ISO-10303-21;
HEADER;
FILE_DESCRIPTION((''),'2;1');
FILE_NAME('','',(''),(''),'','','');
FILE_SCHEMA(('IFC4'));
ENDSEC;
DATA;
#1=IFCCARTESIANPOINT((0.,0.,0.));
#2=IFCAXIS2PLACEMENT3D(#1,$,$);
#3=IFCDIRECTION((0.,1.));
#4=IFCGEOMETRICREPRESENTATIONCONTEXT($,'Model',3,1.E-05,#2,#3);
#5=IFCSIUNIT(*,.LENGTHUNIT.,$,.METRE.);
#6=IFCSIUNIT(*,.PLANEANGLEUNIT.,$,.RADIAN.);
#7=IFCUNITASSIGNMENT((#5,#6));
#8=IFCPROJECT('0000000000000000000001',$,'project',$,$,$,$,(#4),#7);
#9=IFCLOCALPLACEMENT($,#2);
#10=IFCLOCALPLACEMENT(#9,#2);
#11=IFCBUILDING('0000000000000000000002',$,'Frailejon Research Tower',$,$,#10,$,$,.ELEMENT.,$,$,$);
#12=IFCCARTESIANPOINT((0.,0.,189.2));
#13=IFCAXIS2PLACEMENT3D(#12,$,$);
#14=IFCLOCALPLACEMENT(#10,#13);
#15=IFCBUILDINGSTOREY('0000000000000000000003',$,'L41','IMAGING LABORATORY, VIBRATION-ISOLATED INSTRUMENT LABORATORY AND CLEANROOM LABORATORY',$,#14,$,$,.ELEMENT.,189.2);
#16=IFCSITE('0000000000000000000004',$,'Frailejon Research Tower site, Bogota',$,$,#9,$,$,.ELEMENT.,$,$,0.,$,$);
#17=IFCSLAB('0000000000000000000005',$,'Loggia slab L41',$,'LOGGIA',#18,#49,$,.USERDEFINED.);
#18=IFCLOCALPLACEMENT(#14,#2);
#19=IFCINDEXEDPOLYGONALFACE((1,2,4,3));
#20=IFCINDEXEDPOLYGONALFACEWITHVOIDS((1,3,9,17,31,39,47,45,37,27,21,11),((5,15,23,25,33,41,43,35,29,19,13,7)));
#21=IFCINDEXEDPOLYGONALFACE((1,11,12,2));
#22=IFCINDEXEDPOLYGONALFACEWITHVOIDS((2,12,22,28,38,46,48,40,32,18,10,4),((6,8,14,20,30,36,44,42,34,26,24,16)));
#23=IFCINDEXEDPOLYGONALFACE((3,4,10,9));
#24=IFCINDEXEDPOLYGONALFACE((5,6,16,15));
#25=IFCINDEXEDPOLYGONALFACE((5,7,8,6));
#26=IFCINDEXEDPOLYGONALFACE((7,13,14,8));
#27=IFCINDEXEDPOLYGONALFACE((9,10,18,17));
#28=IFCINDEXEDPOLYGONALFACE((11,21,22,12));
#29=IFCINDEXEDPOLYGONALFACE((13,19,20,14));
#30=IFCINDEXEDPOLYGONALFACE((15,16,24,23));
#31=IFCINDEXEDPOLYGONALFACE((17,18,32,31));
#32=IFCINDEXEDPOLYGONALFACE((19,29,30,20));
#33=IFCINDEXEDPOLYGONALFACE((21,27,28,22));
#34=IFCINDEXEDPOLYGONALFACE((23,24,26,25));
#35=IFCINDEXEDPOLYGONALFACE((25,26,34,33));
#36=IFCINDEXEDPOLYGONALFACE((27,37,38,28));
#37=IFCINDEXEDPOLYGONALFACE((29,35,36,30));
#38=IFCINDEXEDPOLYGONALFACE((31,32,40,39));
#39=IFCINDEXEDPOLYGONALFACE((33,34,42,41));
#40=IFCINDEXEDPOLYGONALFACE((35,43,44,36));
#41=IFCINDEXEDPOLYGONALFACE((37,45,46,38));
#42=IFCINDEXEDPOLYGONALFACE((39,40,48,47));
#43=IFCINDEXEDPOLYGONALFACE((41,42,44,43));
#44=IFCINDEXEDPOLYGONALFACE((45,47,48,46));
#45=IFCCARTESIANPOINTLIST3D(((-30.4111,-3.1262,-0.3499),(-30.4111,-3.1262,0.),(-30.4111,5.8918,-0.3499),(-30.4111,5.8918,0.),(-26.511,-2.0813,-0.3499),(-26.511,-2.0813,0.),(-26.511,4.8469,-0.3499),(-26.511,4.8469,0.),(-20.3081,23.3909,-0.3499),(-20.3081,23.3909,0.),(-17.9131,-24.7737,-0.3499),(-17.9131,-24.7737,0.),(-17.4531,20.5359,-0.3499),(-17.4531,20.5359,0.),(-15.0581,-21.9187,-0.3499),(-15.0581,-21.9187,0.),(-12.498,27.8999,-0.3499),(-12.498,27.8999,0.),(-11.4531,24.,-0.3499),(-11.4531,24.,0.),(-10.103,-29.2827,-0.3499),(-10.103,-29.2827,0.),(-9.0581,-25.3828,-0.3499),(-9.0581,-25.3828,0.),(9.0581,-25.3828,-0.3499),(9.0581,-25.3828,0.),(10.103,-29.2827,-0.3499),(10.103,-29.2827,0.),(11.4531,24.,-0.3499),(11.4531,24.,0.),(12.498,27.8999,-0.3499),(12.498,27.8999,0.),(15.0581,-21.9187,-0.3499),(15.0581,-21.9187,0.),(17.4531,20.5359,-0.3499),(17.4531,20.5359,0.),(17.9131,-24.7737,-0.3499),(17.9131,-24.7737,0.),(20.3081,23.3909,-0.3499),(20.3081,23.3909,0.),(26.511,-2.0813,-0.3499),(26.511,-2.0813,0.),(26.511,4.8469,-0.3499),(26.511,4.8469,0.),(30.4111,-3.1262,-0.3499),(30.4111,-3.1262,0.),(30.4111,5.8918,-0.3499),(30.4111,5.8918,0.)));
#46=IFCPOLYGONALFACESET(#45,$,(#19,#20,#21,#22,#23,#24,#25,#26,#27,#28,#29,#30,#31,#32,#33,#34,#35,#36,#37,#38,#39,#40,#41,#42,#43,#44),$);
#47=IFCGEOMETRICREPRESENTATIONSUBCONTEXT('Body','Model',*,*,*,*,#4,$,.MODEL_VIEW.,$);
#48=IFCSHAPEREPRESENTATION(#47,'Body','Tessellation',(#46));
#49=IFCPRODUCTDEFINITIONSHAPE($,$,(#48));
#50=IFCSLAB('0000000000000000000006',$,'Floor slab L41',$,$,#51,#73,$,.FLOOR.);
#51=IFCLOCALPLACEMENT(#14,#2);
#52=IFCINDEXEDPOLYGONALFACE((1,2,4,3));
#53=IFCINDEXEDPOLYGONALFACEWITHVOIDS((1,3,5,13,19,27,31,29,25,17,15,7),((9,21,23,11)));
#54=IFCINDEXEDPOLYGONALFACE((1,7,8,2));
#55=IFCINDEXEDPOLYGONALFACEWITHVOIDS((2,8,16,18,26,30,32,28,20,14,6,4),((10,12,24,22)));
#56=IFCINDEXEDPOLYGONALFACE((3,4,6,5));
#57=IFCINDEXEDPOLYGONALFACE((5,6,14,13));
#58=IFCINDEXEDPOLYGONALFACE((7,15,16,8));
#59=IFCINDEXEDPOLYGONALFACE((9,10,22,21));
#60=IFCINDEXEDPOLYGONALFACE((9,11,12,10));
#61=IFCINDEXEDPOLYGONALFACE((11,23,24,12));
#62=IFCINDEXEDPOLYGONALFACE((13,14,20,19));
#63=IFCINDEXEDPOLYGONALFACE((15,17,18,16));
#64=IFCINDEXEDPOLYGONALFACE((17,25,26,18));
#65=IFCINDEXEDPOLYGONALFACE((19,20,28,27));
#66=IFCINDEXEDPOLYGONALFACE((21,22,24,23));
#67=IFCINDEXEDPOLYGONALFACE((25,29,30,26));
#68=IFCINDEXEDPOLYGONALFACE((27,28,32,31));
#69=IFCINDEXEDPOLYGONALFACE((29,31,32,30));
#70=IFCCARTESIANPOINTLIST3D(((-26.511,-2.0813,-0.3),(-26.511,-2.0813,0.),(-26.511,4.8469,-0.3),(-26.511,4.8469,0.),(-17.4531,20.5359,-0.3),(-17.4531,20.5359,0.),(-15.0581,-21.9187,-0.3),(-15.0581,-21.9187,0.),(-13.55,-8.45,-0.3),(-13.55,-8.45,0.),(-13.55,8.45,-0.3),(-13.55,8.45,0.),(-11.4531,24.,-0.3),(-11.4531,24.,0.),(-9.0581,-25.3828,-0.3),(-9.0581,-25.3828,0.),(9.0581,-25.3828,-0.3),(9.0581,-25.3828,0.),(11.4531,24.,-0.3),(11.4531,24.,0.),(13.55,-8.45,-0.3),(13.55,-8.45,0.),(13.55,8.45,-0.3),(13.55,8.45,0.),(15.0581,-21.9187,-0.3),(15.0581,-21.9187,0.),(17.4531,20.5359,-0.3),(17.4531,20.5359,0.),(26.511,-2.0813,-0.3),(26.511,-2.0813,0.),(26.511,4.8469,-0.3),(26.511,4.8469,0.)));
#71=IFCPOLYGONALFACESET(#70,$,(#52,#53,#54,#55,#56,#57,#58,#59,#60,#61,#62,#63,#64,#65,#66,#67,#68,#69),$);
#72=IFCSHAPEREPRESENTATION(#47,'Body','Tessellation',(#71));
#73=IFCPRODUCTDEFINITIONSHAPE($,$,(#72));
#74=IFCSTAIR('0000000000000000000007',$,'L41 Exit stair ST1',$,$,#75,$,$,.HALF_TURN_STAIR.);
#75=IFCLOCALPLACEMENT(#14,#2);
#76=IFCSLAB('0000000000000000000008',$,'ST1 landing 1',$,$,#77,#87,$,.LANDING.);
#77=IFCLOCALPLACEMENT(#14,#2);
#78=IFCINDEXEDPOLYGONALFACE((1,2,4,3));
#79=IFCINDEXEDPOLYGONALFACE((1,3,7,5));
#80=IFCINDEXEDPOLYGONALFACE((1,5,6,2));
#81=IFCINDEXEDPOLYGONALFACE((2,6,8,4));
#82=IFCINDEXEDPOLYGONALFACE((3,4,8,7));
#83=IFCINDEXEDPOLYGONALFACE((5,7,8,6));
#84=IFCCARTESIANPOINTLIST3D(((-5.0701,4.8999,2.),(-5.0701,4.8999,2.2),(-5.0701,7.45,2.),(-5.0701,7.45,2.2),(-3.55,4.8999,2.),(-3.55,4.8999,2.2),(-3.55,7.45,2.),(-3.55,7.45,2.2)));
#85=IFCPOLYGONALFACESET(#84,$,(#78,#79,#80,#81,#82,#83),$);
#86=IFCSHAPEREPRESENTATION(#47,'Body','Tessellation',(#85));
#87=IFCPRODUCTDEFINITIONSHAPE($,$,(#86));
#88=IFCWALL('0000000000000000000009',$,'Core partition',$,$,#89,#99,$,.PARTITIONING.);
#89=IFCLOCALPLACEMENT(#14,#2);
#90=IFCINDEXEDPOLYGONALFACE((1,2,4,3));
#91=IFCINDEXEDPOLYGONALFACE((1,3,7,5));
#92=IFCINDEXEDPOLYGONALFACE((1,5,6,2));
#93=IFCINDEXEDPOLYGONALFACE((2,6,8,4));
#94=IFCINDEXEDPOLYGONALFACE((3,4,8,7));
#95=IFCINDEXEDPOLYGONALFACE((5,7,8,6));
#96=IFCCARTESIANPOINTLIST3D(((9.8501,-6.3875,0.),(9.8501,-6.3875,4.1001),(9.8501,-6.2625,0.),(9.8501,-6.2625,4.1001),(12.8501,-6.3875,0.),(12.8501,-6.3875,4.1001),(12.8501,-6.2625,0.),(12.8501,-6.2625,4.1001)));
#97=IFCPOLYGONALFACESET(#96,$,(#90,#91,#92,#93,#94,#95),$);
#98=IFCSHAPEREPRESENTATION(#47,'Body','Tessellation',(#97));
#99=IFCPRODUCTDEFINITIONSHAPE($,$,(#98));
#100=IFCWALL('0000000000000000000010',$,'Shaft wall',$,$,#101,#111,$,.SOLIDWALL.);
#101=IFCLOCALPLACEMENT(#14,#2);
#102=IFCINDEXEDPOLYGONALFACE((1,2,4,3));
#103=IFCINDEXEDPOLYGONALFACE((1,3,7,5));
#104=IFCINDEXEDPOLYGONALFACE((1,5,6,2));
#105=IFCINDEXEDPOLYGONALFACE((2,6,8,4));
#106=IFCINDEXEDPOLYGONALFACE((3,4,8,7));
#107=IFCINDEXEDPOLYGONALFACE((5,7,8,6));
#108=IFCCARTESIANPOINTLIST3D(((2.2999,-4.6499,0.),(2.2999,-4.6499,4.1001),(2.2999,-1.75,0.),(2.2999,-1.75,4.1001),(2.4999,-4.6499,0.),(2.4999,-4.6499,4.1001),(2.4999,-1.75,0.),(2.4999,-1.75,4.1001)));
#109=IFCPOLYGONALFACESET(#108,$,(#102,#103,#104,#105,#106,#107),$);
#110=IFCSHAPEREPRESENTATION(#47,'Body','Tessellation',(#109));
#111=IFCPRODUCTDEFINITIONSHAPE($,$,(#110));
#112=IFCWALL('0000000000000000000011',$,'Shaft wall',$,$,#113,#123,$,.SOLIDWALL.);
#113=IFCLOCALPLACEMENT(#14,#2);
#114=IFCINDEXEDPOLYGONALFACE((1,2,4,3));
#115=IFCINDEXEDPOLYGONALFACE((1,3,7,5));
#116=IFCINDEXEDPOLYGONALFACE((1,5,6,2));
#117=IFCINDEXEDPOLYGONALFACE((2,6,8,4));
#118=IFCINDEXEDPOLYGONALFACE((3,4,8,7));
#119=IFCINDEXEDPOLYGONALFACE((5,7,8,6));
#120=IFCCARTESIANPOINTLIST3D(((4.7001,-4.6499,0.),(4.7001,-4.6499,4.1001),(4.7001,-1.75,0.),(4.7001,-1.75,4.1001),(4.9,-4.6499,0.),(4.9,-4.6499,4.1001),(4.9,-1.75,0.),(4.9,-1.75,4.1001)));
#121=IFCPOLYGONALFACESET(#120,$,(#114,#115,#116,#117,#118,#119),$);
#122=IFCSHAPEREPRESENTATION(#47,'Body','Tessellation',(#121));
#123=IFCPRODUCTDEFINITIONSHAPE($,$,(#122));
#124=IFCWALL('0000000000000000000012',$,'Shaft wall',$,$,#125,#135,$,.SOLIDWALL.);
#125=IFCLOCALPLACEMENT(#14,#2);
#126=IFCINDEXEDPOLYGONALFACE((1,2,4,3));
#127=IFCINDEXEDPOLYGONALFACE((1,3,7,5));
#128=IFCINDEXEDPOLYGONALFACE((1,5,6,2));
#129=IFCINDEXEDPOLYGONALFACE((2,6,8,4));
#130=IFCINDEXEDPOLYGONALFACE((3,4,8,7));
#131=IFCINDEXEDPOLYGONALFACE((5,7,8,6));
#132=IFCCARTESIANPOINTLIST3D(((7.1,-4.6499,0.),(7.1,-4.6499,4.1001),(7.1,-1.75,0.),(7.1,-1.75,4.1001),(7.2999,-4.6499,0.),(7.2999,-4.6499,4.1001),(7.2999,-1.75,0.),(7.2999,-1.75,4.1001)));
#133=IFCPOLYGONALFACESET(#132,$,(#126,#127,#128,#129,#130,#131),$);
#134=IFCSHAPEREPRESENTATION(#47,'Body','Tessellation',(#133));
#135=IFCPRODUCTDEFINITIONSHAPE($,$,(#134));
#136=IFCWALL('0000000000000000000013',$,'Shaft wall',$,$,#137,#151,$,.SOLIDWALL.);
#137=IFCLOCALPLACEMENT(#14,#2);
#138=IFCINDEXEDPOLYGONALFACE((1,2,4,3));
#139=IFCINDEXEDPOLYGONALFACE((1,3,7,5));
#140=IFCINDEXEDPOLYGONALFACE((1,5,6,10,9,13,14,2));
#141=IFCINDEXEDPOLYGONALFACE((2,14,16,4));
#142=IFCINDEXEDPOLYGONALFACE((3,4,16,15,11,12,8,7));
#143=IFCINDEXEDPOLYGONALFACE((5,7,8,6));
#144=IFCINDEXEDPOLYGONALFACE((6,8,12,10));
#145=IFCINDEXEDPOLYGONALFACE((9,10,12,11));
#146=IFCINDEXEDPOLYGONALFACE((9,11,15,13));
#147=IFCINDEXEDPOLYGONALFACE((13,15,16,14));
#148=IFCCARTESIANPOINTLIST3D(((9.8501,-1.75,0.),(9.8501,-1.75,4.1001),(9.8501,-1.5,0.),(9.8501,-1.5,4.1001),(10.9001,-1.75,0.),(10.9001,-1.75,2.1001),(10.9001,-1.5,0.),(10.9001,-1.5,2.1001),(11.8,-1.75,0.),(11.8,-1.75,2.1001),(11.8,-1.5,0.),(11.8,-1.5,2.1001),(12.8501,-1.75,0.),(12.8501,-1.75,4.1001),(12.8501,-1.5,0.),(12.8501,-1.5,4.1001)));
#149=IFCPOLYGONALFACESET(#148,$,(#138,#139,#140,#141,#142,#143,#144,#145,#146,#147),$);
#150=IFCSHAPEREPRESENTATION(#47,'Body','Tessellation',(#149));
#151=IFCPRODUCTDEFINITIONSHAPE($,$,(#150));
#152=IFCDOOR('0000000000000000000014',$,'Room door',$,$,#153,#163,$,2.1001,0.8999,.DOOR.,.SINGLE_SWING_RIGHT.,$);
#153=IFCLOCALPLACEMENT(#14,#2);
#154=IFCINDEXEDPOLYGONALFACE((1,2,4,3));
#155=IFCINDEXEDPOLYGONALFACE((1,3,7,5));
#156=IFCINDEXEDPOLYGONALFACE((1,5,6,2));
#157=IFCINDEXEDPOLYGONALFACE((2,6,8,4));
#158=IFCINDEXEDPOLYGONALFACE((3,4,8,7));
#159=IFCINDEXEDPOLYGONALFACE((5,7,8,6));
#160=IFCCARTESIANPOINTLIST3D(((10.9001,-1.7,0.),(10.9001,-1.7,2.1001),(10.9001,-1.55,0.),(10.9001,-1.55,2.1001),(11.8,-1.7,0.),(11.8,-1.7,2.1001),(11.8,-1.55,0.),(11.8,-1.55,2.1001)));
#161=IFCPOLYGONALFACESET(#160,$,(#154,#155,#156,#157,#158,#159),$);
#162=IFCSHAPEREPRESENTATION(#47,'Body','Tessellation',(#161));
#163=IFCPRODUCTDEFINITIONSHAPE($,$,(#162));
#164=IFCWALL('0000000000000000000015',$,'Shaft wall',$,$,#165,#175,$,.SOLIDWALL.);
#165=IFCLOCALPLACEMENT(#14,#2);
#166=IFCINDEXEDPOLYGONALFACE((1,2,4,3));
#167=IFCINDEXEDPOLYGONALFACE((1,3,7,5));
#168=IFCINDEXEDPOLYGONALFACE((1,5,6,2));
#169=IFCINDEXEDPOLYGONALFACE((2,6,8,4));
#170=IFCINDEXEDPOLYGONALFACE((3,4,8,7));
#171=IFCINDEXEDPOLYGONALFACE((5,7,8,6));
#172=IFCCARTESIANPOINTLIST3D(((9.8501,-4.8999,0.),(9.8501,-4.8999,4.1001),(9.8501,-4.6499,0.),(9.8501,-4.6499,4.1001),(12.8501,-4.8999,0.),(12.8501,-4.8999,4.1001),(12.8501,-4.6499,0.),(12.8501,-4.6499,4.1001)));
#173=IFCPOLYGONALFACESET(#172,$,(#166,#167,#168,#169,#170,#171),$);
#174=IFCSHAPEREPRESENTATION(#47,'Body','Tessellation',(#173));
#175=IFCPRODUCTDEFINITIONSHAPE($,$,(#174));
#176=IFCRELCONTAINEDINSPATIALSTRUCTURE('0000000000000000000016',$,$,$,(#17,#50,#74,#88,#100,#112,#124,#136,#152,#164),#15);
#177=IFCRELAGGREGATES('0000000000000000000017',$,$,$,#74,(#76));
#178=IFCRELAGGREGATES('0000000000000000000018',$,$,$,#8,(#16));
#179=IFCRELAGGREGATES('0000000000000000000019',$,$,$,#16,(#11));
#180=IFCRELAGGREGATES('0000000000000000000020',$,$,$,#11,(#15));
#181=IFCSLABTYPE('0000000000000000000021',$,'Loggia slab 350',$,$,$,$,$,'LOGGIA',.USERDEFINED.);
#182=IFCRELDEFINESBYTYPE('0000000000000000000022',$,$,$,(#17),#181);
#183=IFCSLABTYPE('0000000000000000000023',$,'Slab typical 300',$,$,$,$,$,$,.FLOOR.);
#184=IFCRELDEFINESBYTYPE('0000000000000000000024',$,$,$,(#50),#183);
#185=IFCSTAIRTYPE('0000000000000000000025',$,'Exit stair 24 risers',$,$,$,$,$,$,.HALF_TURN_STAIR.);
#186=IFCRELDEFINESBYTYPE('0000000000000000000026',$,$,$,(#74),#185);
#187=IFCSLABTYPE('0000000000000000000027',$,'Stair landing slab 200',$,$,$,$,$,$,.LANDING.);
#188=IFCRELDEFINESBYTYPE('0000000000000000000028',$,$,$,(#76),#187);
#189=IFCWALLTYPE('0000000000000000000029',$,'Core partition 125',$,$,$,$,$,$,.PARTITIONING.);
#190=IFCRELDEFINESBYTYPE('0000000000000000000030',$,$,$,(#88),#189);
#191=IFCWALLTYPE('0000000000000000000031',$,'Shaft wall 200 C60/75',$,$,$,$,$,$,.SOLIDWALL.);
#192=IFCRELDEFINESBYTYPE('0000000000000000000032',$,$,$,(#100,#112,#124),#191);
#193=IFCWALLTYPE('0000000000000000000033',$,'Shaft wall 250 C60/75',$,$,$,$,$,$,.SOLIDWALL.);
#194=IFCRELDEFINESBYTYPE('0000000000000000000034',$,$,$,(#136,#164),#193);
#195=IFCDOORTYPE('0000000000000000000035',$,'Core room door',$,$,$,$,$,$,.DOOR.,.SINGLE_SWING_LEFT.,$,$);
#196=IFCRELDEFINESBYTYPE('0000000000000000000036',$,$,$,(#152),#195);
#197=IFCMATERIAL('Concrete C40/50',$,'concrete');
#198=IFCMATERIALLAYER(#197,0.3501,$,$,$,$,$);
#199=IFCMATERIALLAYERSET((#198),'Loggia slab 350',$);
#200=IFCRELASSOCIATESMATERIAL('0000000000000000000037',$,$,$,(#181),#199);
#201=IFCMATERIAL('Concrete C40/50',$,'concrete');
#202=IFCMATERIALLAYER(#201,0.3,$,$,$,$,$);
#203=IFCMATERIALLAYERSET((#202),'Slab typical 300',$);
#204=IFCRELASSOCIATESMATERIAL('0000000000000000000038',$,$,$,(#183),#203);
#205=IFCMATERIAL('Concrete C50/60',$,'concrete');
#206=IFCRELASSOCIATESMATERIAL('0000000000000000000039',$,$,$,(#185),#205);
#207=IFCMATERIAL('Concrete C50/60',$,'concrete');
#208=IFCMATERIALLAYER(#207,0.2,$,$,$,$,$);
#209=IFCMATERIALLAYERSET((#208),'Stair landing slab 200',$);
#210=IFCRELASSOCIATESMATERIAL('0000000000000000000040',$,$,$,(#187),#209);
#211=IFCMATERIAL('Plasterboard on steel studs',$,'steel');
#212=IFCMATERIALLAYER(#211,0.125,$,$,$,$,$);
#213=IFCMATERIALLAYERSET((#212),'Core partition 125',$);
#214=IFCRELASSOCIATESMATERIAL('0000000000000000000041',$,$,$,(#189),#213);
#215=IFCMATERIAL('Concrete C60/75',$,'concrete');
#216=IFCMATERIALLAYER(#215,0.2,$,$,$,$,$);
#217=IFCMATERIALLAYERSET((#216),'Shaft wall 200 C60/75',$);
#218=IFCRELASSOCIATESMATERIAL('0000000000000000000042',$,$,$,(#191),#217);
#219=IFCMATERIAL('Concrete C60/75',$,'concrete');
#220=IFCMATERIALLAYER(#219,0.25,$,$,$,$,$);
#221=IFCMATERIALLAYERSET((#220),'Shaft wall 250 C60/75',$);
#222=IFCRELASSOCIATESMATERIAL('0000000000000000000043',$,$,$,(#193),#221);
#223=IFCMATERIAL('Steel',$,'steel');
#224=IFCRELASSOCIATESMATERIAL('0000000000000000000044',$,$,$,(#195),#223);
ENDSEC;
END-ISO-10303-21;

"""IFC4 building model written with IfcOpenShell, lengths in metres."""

from ifc_helpers import new_model, si_unit, direction, frame, frame_2d, origin, place, context, subcontext, project, spatial, polyline, rectangle, outline, extrude, material, layer, layer_set, type_object, element, fill, aggregate, save


model = new_model("IFC4")

# Units and contexts
model_context = context("Model", 3, precision=1e-05, world=origin(), true_north=direction((0.0, 1.0)))
body_context = subcontext(model_context, "Body", "Model", "MODEL_VIEW")
ifc_project = project(units=[si_unit("LENGTHUNIT", "METRE"), si_unit("PLANEANGLEUNIT", "RADIAN")], contexts=[model_context])

# Site, building, storey
site_placement = place(None, origin())
site = spatial("IfcSite", under=ifc_project, at=site_placement, Name="Frailejon Research Tower site, Bogota", CompositionType="ELEMENT", RefElevation=0.0)
building_placement = place(site_placement, origin())
building = spatial("IfcBuilding", under=site, at=building_placement, Name="Frailejon Research Tower", CompositionType="ELEMENT")
storey_placement = place(building_placement, frame((0.0, 0.0, 189.2)))
storey = spatial("IfcBuildingStorey", under=building, at=storey_placement, Name="L41", Description="IMAGING LABORATORY, VIBRATION-ISOLATED INSTRUMENT LABORATORY AND CLEANROOM LABORATORY", CompositionType="ELEMENT", Elevation=189.2)

# Slabs
ifc_material_1 = material(Name="Concrete C40/50", Category="concrete")
ifc_layer_1 = layer(ifc_material_1, 0.3501)
ifc_layer_set_1 = layer_set([ifc_layer_1], Name="Loggia slab 350")
slab_type_1 = type_object("IfcSlabType", Name="Loggia slab 350", ElementType="LOGGIA", PredefinedType="USERDEFINED", material=ifc_layer_set_1)
slab_1_placement = place(storey_placement, frame((0.0, 0.0, -0.3499)))
element("IfcSlab", 1, at=slab_1_placement, inside=storey, type_object=slab_type_1, Name="Loggia slab L41", ObjectType="LOGGIA", PredefinedType="USERDEFINED", context=body_context, shape_type="SweptSolid", body=[
    extrude(outline(polyline([(17.9131, -24.7737), (10.103, -29.2827), (-10.103, -29.2827), (-17.9131, -24.7737), (-30.4111, -3.1262), (-30.4111, 5.8918), (-20.3081, 23.3909), (-12.498, 27.8999), (12.498, 27.8999), (20.3081, 23.3909), (30.4111, 5.8918), (30.4111, -3.1262), (17.9131, -24.7737)]), holes=[polyline([(26.511, 4.8469), (17.4531, 20.5359), (11.4531, 24.0), (-11.4531, 24.0), (-17.4531, 20.5359), (-26.511, 4.8469), (-26.511, -2.0813), (-15.0581, -21.9187), (-9.0581, -25.3828), (9.0581, -25.3828), (15.0581, -21.9187), (26.511, -2.0813), (26.511, 4.8469)])]), origin(), (0.0, 0.0, 1.0), 0.3499),
])
ifc_material_2 = material(Name="Concrete C40/50", Category="concrete")
ifc_layer_2 = layer(ifc_material_2, 0.3)
ifc_layer_set_2 = layer_set([ifc_layer_2], Name="Slab typical 300")
slab_type_2 = type_object("IfcSlabType", Name="Slab typical 300", PredefinedType="FLOOR", material=ifc_layer_set_2)
slab_2_placement = place(storey_placement, frame((0.0, 0.0, -0.3)))
element("IfcSlab", 2, at=slab_2_placement, inside=storey, type_object=slab_type_2, Name="Floor slab L41", PredefinedType="FLOOR", context=body_context, shape_type="SweptSolid", body=[
    extrude(outline(polyline([(26.511, -2.0813), (26.511, 4.8469), (17.4531, 20.5359), (11.4531, 24.0), (-11.4531, 24.0), (-17.4531, 20.5359), (-26.511, 4.8469), (-26.511, -2.0813), (-15.0581, -21.9187), (-9.0581, -25.3828), (9.0581, -25.3828), (15.0581, -21.9187), (26.511, -2.0813)]), holes=[polyline([(13.55, -8.45), (-13.55, -8.45), (-13.55, 8.45), (13.55, 8.45), (13.55, -8.45)])]), origin(), (0.0, 0.0, 1.0), 0.3),
])

# Stair, slab
ifc_material_3 = material(Name="Concrete C50/60", Category="concrete")
stair_type = type_object("IfcStairType", Name="Exit stair 24 risers", PredefinedType="HALF_TURN_STAIR", material=ifc_material_3)
stair_placement = place(storey_placement, origin())
stair = element("IfcStair", 3, at=stair_placement, inside=storey, type_object=stair_type, Name="L41 Exit stair ST1", PredefinedType="HALF_TURN_STAIR")
ifc_material_4 = material(Name="Concrete C50/60", Category="concrete")
ifc_layer_3 = layer(ifc_material_4, 0.2)
ifc_layer_set_3 = layer_set([ifc_layer_3], Name="Stair landing slab 200")
slab_type_3 = type_object("IfcSlabType", Name="Stair landing slab 200", PredefinedType="LANDING", material=ifc_layer_set_3)
slab_3_placement = place(storey_placement, frame((0.0, 0.0, 2.0)))
slab_3 = element("IfcSlab", 4, at=slab_3_placement, type_object=slab_type_3, Name="ST1 landing 1", PredefinedType="LANDING", context=body_context, shape_type="SweptSolid", body=[
    extrude(outline(polyline([(-5.0701, 4.8999), (-3.55, 4.8999), (-3.55, 7.45), (-5.0701, 7.45), (-5.0701, 4.8999)])), origin(), (0.0, 0.0, 1.0), 0.2),
])
aggregate(stair, [slab_3])

# Walls
ifc_material_5 = material(Name="Plasterboard on steel studs", Category="steel")
ifc_layer_4 = layer(ifc_material_5, 0.125)
ifc_layer_set_4 = layer_set([ifc_layer_4], Name="Core partition 125")
wall_type_1 = type_object("IfcWallType", Name="Core partition 125", PredefinedType="PARTITIONING", material=ifc_layer_set_4)
wall_1_placement = place(storey_placement, frame((9.8501, -6.325, 0.0), z_axis=(0.0, 0.0, 1.0), x_axis=(1.0, 0.0, 0.0)))
element("IfcWall", 5, at=wall_1_placement, inside=storey, type_object=wall_type_1, Name="Core partition", PredefinedType="PARTITIONING", context=body_context, shape_type="SweptSolid", body=[
    extrude(rectangle(XDim=3.0, YDim=0.125, at=frame_2d((1.5, 0.0))), origin(), (0.0, 0.0, 1.0), 4.1001),
])
ifc_material_6 = material(Name="Concrete C60/75", Category="concrete")
ifc_layer_5 = layer(ifc_material_6, 0.2)
ifc_layer_set_5 = layer_set([ifc_layer_5], Name="Shaft wall 200 C60/75")
wall_type_2 = type_object("IfcWallType", Name="Shaft wall 200 C60/75", PredefinedType="SOLIDWALL", material=ifc_layer_set_5)
for number, where, z_axis, x_axis, name in (
    (6, (2.3999, -4.6499, 0.0), (0.0, 0.0, 1.0), (0.0, 1.0, 0.0), "Shaft wall"),
    (7, (4.8, -4.6499, 0.0), (0.0, 0.0, 1.0), (0.0, 1.0, 0.0), "Shaft wall"),
    (8, (7.2, -4.6499, 0.0), (0.0, 0.0, 1.0), (0.0, 1.0, 0.0), "Shaft wall"),
):
    element("IfcWall", number, at=place(storey_placement, frame(where, z_axis=z_axis, x_axis=x_axis)), inside=storey, type_object=wall_type_2, Name=name, PredefinedType="SOLIDWALL", context=body_context, shape_type="SweptSolid", body=[
        extrude(rectangle(XDim=2.8999, YDim=0.2, at=frame_2d((1.45, 0.0))), origin(), (0.0, 0.0, 1.0), 4.1001),
    ])

# Wall, opening, door
ifc_material_7 = material(Name="Concrete C60/75", Category="concrete")
ifc_layer_6 = layer(ifc_material_7, 0.25)
ifc_layer_set_6 = layer_set([ifc_layer_6], Name="Shaft wall 250 C60/75")
wall_type_3 = type_object("IfcWallType", Name="Shaft wall 250 C60/75", PredefinedType="SOLIDWALL", material=ifc_layer_set_6)
wall_2_placement = place(storey_placement, frame((9.8501, -1.625, 0.0), z_axis=(0.0, 0.0, 1.0), x_axis=(1.0, 0.0, 0.0)))
wall_2 = element("IfcWall", 9, at=wall_2_placement, inside=storey, type_object=wall_type_3, Name="Shaft wall", PredefinedType="SOLIDWALL", context=body_context, shape_type="SweptSolid", body=[
    extrude(rectangle(XDim=3.0, YDim=0.25, at=frame_2d((1.5, 0.0))), origin(), (0.0, 0.0, 1.0), 4.1001),
])
opening_placement = place(wall_2_placement, frame((1.05, 0.0, 0.0)))
opening = element("IfcOpeningElement", 10, at=opening_placement, cuts=wall_2, PredefinedType="OPENING", context=body_context, shape_type="SweptSolid", body=[
    extrude(rectangle(XDim=0.8999, YDim=2.1001, at=frame_2d((0.45, 1.05))), frame((0.0, 0.135, 0.0), z_axis=(0.0, -1.0, 0.0), x_axis=(1.0, 0.0, 0.0)), (0.0, 0.0, 1.0), 0.27),
])
ifc_material_8 = material(Name="Steel", Category="steel")
door_type = type_object("IfcDoorType", Name="Core room door", OperationType="SINGLE_SWING_LEFT", PredefinedType="DOOR", material=ifc_material_8)
door_placement = place(opening_placement, origin())
door = element("IfcDoor", 11, at=door_placement, inside=storey, type_object=door_type, Name="Room door", OperationType="SINGLE_SWING_RIGHT", OverallHeight=2.1001, OverallWidth=0.8999, PredefinedType="DOOR", context=body_context, shape_type="SweptSolid", body=[
    extrude(rectangle(XDim=0.8999, YDim=2.1001, at=frame_2d((0.45, 1.05))), frame((0.0, 0.075, 0.0), z_axis=(0.0, -1.0, 0.0), x_axis=(1.0, 0.0, 0.0)), (0.0, 0.0, 1.0), 0.1499),
])
fill(opening, door)

# Wall
wall_3_placement = place(storey_placement, frame((9.8501, -4.7749, 0.0), z_axis=(0.0, 0.0, 1.0), x_axis=(1.0, 0.0, 0.0)))
element("IfcWall", 12, at=wall_3_placement, inside=storey, type_object=wall_type_3, Name="Shaft wall", PredefinedType="SOLIDWALL", context=body_context, shape_type="SweptSolid", body=[
    extrude(rectangle(XDim=3.0, YDim=0.25, at=frame_2d((1.5, 0.0))), origin(), (0.0, 0.0, 1.0), 4.1001),
])

save(model, "model.ifc")
